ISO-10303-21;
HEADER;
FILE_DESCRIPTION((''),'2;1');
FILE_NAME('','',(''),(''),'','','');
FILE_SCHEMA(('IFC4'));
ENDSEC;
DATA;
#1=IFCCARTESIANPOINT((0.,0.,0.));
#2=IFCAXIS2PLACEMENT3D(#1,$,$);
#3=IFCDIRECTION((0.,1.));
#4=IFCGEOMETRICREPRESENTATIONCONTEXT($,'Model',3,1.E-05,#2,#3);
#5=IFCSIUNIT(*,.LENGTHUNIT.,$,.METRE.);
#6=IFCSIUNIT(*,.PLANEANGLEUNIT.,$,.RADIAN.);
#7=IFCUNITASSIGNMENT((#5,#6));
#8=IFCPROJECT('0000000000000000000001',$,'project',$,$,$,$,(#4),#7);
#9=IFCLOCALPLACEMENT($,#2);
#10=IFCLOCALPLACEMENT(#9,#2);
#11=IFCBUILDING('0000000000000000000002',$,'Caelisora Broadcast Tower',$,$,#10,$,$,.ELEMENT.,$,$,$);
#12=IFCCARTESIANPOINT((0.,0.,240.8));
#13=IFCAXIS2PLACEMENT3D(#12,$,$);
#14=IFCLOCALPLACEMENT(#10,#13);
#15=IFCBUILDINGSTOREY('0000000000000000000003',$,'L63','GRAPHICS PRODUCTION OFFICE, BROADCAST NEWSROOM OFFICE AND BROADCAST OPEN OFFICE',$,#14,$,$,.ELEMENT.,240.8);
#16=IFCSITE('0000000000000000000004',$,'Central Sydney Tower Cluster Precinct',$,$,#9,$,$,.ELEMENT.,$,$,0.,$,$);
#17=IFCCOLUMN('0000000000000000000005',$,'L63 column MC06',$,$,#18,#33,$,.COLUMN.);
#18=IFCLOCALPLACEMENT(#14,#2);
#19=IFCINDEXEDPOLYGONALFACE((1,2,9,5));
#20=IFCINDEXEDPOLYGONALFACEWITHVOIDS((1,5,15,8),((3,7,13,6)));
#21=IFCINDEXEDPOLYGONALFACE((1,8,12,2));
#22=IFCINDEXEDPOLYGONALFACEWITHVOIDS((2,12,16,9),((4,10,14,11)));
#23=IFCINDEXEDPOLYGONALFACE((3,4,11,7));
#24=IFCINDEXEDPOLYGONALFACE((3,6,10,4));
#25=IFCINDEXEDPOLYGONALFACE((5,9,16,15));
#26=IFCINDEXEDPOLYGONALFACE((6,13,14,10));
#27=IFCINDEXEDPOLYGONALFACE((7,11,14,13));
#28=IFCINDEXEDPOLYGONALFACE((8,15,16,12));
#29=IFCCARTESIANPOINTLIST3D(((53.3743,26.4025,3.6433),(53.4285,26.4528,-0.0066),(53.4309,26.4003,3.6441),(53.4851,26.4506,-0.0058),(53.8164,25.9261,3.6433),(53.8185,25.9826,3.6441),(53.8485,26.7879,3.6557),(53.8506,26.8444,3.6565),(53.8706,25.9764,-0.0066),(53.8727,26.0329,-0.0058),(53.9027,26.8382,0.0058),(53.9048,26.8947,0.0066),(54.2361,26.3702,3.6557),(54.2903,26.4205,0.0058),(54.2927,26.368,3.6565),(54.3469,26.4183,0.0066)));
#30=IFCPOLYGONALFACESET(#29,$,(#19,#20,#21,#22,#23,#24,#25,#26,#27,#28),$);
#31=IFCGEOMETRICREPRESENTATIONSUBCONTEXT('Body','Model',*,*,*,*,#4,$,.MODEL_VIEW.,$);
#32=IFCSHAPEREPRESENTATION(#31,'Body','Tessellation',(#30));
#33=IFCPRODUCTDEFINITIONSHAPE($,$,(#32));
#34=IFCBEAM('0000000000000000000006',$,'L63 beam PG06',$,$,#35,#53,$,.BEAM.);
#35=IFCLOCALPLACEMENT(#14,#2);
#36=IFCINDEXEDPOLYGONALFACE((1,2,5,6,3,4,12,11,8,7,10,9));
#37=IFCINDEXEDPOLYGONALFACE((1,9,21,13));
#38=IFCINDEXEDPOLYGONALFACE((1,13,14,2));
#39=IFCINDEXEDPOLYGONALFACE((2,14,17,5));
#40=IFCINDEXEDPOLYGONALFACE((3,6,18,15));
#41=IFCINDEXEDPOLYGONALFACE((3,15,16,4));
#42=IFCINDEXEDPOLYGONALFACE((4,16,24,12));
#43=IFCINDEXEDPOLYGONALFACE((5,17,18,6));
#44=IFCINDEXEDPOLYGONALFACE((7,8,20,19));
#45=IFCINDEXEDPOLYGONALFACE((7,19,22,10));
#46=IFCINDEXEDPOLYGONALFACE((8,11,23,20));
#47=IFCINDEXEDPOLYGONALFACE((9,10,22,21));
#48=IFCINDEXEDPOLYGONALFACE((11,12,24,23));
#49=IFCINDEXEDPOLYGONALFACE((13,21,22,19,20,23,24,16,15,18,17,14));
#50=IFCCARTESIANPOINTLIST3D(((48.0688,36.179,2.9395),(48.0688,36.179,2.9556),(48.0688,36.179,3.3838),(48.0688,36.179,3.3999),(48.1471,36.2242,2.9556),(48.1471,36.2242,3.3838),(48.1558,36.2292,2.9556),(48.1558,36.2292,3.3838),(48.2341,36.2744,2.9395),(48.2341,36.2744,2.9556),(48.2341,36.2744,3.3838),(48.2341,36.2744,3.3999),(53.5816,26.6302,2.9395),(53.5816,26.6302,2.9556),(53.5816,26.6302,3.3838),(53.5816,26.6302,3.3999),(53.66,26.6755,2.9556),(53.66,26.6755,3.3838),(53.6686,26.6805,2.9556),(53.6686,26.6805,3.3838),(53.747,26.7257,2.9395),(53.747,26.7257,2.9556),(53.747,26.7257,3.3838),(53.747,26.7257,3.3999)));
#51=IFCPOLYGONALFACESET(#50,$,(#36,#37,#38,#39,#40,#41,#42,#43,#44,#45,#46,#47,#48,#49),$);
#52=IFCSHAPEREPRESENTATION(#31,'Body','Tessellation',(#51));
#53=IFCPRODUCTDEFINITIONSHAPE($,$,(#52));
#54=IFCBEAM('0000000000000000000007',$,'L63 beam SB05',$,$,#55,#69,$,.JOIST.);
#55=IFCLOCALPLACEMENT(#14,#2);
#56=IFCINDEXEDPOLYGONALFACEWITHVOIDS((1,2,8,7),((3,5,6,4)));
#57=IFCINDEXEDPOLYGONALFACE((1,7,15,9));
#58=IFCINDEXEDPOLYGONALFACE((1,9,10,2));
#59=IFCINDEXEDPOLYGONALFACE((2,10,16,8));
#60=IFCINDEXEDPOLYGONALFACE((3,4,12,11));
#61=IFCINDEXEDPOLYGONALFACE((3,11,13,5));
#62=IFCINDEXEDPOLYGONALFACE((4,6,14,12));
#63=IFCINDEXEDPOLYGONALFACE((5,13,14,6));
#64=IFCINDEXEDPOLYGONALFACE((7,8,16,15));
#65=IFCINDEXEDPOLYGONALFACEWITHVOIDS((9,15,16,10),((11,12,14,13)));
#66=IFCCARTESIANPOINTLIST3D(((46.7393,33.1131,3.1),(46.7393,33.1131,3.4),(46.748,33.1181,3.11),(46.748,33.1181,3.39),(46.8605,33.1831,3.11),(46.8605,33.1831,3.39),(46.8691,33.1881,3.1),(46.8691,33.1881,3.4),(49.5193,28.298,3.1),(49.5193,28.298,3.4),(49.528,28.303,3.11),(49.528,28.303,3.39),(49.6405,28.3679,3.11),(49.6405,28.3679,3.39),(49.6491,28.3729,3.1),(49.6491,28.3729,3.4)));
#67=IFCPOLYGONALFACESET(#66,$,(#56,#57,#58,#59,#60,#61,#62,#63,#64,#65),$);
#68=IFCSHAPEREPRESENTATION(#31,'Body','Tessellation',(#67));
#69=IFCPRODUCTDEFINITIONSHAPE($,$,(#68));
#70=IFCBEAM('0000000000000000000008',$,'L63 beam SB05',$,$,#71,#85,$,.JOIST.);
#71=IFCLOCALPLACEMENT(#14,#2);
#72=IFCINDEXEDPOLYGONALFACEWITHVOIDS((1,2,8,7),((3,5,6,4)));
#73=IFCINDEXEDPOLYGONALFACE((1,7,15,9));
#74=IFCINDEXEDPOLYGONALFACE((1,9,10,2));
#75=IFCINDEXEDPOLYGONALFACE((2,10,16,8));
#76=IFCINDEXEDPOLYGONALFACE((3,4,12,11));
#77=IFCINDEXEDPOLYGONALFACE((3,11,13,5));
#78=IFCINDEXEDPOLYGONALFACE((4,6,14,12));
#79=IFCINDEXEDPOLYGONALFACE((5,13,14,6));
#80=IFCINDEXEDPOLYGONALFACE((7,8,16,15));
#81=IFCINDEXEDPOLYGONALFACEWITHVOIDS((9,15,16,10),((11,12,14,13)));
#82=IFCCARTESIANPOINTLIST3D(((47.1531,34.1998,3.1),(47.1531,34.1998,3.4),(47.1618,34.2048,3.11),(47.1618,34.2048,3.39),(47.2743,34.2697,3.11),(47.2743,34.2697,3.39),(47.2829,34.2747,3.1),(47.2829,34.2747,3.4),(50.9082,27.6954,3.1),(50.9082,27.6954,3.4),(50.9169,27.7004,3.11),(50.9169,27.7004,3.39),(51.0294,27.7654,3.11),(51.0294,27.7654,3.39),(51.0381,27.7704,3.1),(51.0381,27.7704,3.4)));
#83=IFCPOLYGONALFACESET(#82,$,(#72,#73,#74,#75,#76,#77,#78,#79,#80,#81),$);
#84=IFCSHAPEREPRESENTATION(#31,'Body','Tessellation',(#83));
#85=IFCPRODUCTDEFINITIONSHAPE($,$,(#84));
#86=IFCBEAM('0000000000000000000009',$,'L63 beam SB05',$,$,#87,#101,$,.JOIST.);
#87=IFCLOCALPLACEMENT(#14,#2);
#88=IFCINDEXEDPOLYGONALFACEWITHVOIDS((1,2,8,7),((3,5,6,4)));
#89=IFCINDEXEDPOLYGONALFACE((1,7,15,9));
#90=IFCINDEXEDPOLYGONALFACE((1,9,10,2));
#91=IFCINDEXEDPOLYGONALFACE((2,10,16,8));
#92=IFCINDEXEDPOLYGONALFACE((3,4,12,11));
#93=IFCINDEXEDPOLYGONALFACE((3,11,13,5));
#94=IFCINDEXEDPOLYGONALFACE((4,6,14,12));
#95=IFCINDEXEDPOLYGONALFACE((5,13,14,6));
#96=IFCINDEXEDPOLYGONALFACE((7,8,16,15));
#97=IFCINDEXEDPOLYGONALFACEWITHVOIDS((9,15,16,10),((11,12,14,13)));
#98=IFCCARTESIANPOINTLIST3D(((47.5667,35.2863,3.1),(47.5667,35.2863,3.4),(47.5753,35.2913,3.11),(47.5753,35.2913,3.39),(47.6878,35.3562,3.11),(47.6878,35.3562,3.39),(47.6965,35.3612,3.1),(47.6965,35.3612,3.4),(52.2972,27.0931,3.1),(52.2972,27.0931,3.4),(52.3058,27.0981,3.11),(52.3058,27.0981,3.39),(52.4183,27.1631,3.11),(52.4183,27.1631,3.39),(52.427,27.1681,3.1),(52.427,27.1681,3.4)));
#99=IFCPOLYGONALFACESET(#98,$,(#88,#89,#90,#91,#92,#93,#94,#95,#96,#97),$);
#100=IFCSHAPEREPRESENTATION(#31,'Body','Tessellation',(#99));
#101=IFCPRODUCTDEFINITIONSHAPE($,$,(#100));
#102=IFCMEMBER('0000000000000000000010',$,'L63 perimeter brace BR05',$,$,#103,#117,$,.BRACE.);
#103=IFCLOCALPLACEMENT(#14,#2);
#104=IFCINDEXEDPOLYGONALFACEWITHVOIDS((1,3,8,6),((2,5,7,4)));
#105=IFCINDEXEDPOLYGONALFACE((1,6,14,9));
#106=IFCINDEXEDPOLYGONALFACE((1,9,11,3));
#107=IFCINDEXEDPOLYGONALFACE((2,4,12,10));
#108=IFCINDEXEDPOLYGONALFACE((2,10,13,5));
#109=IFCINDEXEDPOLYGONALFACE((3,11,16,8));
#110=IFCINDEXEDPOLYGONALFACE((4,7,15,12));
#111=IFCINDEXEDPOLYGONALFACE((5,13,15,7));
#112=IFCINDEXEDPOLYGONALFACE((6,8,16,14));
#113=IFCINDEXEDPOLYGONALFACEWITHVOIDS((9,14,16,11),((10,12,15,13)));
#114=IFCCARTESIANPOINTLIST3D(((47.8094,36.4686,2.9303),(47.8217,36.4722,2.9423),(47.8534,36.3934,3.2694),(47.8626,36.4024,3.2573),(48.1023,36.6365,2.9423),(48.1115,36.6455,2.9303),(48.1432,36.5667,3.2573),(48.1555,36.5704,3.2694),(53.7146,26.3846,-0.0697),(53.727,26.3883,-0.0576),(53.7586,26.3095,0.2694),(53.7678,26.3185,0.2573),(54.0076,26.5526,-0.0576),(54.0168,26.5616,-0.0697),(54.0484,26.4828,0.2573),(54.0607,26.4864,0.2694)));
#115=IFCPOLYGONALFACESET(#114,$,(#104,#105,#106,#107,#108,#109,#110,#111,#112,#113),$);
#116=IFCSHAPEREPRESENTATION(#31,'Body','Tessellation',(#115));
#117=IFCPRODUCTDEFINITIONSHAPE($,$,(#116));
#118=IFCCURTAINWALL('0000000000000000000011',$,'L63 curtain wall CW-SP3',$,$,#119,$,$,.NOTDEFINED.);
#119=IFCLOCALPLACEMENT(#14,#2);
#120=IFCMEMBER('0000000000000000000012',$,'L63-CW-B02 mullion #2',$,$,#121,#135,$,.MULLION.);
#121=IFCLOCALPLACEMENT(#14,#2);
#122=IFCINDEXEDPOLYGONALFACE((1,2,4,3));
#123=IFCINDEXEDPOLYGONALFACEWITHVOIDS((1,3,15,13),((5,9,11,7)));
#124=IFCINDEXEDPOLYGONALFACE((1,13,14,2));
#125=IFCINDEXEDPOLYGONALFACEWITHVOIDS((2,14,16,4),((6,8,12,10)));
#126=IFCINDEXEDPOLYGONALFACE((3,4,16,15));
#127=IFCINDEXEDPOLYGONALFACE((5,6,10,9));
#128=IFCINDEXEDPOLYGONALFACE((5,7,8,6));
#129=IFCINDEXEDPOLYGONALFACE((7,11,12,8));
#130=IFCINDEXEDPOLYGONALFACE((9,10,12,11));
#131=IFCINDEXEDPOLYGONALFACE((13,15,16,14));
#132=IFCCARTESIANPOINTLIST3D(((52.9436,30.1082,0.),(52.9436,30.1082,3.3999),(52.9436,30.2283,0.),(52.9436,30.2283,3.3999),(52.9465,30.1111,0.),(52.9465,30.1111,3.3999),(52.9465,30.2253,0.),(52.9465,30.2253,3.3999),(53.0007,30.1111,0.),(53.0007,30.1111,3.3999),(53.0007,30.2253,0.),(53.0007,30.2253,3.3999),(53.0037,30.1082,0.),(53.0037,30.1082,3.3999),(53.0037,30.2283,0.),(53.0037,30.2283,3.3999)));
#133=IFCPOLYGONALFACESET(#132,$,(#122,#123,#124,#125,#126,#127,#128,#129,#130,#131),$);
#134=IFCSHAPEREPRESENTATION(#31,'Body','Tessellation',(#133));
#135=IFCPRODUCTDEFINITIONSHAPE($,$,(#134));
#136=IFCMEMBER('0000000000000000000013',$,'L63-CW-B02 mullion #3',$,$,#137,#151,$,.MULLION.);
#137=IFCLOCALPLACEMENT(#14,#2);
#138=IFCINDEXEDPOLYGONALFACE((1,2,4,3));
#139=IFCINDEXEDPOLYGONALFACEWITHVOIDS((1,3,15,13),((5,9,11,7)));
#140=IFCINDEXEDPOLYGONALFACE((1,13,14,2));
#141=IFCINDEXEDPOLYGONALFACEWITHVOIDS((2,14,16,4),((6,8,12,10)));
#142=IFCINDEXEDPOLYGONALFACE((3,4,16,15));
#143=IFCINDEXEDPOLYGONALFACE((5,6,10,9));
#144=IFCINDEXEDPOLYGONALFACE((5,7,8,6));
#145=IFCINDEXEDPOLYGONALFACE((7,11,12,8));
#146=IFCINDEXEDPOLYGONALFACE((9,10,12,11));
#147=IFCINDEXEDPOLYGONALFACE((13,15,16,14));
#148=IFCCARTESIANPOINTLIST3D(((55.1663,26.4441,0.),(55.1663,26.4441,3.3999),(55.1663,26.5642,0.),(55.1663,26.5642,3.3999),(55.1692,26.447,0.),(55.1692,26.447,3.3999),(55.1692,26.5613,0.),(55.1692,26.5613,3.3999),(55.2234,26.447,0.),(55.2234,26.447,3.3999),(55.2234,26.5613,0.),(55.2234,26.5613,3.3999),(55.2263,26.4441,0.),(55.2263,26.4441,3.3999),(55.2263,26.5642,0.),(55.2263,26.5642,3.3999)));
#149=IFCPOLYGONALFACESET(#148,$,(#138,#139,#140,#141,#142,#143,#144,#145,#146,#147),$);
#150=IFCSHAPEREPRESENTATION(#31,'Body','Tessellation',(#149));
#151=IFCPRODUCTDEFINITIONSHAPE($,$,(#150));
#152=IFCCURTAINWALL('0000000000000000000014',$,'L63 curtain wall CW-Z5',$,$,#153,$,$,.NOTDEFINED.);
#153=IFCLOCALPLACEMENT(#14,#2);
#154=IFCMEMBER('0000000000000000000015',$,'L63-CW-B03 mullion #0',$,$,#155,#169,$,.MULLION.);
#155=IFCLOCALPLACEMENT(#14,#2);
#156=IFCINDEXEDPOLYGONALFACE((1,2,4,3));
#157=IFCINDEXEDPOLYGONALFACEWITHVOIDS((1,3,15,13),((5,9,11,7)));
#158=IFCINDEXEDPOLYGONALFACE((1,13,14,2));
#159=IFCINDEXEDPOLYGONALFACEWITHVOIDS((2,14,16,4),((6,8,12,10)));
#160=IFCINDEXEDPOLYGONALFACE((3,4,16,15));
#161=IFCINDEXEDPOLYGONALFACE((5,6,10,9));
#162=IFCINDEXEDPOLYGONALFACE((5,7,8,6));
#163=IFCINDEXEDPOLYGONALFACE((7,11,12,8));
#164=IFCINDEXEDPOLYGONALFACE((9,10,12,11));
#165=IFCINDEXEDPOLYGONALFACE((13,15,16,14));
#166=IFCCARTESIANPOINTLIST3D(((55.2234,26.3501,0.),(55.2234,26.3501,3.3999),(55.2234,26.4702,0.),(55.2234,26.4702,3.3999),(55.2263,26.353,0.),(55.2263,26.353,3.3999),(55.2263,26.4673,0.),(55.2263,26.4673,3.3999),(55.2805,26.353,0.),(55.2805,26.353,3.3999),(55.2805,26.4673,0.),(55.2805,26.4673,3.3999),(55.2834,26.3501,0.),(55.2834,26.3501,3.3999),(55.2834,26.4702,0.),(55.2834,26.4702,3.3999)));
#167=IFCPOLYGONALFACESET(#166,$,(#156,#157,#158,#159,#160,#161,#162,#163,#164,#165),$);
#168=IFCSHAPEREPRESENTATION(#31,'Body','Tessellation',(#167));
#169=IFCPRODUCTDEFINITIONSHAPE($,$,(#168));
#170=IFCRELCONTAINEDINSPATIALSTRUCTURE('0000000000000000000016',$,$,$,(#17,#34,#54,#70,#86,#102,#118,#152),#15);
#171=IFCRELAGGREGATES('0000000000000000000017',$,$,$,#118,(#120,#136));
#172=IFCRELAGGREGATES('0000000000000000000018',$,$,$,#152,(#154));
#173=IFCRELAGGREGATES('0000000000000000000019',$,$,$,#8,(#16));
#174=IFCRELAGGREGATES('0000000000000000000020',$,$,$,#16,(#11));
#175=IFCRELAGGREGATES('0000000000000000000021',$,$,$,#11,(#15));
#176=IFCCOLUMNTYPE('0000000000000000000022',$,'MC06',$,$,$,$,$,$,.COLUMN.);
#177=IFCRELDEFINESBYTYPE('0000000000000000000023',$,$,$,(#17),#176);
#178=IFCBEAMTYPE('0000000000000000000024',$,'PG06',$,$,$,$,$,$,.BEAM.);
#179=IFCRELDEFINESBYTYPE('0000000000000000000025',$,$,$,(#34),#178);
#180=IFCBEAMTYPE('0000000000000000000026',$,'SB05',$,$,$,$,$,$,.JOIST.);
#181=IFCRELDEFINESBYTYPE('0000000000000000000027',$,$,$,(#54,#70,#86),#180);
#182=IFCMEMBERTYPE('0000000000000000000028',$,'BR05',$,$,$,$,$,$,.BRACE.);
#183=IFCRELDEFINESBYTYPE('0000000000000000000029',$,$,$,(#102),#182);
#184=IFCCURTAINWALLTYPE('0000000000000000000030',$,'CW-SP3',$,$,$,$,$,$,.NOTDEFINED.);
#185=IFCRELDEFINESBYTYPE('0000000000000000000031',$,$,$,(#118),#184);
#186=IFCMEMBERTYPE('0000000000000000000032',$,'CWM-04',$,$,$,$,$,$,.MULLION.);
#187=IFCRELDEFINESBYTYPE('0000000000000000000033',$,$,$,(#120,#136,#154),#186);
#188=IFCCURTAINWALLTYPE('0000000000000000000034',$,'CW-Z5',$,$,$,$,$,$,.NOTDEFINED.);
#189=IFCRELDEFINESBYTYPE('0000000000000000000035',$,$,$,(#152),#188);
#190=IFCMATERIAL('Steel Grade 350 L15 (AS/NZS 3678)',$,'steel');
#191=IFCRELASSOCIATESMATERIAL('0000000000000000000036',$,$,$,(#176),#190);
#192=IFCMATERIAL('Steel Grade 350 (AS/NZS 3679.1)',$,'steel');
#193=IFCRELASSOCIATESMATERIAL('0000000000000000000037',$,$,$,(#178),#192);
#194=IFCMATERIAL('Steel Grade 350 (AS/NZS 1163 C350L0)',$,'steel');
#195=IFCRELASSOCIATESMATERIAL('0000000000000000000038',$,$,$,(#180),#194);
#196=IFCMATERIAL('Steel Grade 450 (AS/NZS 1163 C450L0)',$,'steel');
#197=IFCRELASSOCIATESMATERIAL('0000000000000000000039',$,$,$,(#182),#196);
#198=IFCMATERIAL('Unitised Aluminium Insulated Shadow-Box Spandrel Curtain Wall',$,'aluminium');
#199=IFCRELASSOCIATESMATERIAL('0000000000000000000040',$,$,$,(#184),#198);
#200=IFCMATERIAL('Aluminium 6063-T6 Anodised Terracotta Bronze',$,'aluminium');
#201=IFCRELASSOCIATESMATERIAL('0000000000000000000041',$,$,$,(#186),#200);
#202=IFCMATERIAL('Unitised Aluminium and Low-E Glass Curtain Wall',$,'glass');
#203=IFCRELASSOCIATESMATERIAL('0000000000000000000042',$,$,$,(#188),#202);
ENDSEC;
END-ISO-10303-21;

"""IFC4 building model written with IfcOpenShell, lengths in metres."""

from ifc_helpers import new_model, si_unit, direction, frame, origin, origin_2d, place, context, subcontext, project, spatial, hollow_rectangle, i_section, extrude, source, transform, mapped, material, material_profile, profile_set, type_object, type_shapes, element, aggregate, save


model = new_model("IFC4")

# Units and contexts
model_context = context("Model", 3, precision=1e-05, world=origin(), true_north=direction((0.0, 1.0)))
body_context = subcontext(model_context, "Body", "Model", "MODEL_VIEW")
ifc_project = project(units=[si_unit("LENGTHUNIT", "METRE"), si_unit("PLANEANGLEUNIT", "RADIAN")], contexts=[model_context])

# Site, building, storey
site_placement = place(None, origin())
site = spatial("IfcSite", under=ifc_project, at=site_placement, Name="Central Sydney Tower Cluster Precinct", CompositionType="ELEMENT", RefElevation=0.0)
building_placement = place(site_placement, origin())
building = spatial("IfcBuilding", under=site, at=building_placement, Name="Caelisora Broadcast Tower", CompositionType="ELEMENT")
storey_placement = place(building_placement, frame((0.0, 0.0, 240.8)))
storey = spatial("IfcBuildingStorey", under=building, at=storey_placement, Name="L63", Description="GRAPHICS PRODUCTION OFFICE, BROADCAST NEWSROOM OFFICE AND BROADCAST OPEN OFFICE", CompositionType="ELEMENT", Elevation=240.8)

# Column
ifc_material_1 = material(Name="Steel Grade 350 L15 (AS/NZS 3678)", Category="steel")
ifc_material_profile_1 = material_profile(ifc_material_1, hollow_rectangle(XDim=0.6499, YDim=0.6499, WallThickness=0.04, at=origin_2d()), Name="Steel Grade 350 L15 (AS/NZS 3678)")
ifc_profile_set_1 = profile_set([ifc_material_profile_1], Name="Steel Grade 350 L15 (AS/NZS 3678)")
column_type = type_object("IfcColumnType", Name="MC06", PredefinedType="COLUMN", material=ifc_profile_set_1)
shared_shape_1 = source(origin(), body_context, "Body", "SweptSolid", [
    extrude(hollow_rectangle(XDim=0.6499, YDim=0.6499, WallThickness=0.04, at=origin_2d()), origin(), (0.0, 0.0, 1.0), 3.6506),
])
type_shapes(column_type, [shared_shape_1])
column_placement = place(storey_placement, frame((53.8877, 26.4355, 0.0), z_axis=(-0.014846, -0.013776, 0.999795), x_axis=(0.680198, -0.733029, 0.0)))
element("IfcColumn", 1, at=column_placement, inside=storey, type_object=column_type, Name="L63 column MC06", PredefinedType="COLUMN", context=body_context, shape_type="MappedRepresentation", body=[
    mapped(shared_shape_1, transform((0.0, 0.0, 0.0), scale=1.0)),
])

# Beams
ifc_material_2 = material(Name="Steel Grade 350 (AS/NZS 3679.1)", Category="steel")
ifc_material_profile_2 = material_profile(ifc_material_2, i_section(OverallWidth=0.1909, OverallDepth=0.4604, WebThickness=0.01, FlangeThickness=0.0161, at=origin_2d()), Name="Steel Grade 350 (AS/NZS 3679.1)")
ifc_profile_set_2 = profile_set([ifc_material_profile_2], Name="Steel Grade 350 (AS/NZS 3679.1)")
beam_type_1 = type_object("IfcBeamType", Name="PG06", PredefinedType="BEAM", material=ifc_profile_set_2)
shared_shape_2 = source(origin(), body_context, "Body", "SweptSolid", [
    extrude(i_section(OverallWidth=0.1909, OverallDepth=0.4604, WebThickness=0.01, FlangeThickness=0.0161, at=origin_2d()), origin(), (0.0, 0.0, 1.0), 11.0259),
])
type_shapes(beam_type_1, [shared_shape_2])
beam_1_placement = place(storey_placement, frame((53.6643, 26.678, 3.1697), z_axis=(-0.499995, 0.866029, 0.0), x_axis=(-0.866029, -0.499995, 0.0)))
element("IfcBeam", 2, at=beam_1_placement, inside=storey, type_object=beam_type_1, Name="L63 beam PG06", PredefinedType="BEAM", context=body_context, shape_type="MappedRepresentation", body=[
    mapped(shared_shape_2, transform((0.0, 0.0, 0.0), scale=1.0)),
])
ifc_material_3 = material(Name="Steel Grade 350 (AS/NZS 1163 C350L0)", Category="steel")
ifc_material_profile_3 = material_profile(ifc_material_3, hollow_rectangle(XDim=0.1499, YDim=0.3, WallThickness=0.01, at=origin_2d()), Name="Steel Grade 350 (AS/NZS 1163 C350L0)")
ifc_profile_set_3 = profile_set([ifc_material_profile_3], Name="Steel Grade 350 (AS/NZS 1163 C350L0)")
beam_type_2 = type_object("IfcBeamType", Name="SB05", PredefinedType="JOIST", material=ifc_profile_set_3)
shared_shape_3 = source(origin(), body_context, "Body", "SweptSolid", [
    extrude(hollow_rectangle(XDim=0.1499, YDim=0.3, WallThickness=0.01, at=origin_2d()), origin(), (0.0, 0.0, 1.0), 5.5601),
])
beam_2_placement = place(storey_placement, frame((49.5842, 28.3354, 3.25), z_axis=(-0.499997, 0.866027, 0.0), x_axis=(-0.866027, -0.499997, 0.0)))
element("IfcBeam", 3, at=beam_2_placement, inside=storey, type_object=beam_type_2, Name="L63 beam SB05", PredefinedType="JOIST", context=body_context, shape_type="MappedRepresentation", body=[
    mapped(shared_shape_3, transform((0.0, 0.0, 0.0), scale=1.0)),
])
shared_shape_4 = source(origin(), body_context, "Body", "SweptSolid", [
    extrude(hollow_rectangle(XDim=0.1499, YDim=0.3, WallThickness=0.01, at=origin_2d()), origin(), (0.0, 0.0, 1.0), 7.5105),
])
beam_3_placement = place(storey_placement, frame((50.9731, 27.7329, 3.25), z_axis=(-0.499981, 0.866036, 0.0), x_axis=(-0.866036, -0.499981, 0.0)))
element("IfcBeam", 4, at=beam_3_placement, inside=storey, type_object=beam_type_2, Name="L63 beam SB05", PredefinedType="JOIST", context=body_context, shape_type="MappedRepresentation", body=[
    mapped(shared_shape_4, transform((0.0, 0.0, 0.0), scale=1.0)),
])
shared_shape_5 = source(origin(), body_context, "Body", "SweptSolid", [
    extrude(hollow_rectangle(XDim=0.1499, YDim=0.3, WallThickness=0.01, at=origin_2d()), origin(), (0.0, 0.0, 1.0), 9.4607),
])
type_shapes(beam_type_2, [shared_shape_3, shared_shape_4, shared_shape_5])
beam_4_placement = place(storey_placement, frame((52.3621, 27.1306, 3.25), z_axis=(-0.500014, 0.866018, 0.0), x_axis=(-0.866018, -0.500014, 0.0)))
element("IfcBeam", 5, at=beam_4_placement, inside=storey, type_object=beam_type_2, Name="L63 beam SB05", PredefinedType="JOIST", context=body_context, shape_type="MappedRepresentation", body=[
    mapped(shared_shape_5, transform((0.0, 0.0, 0.0), scale=1.0)),
])

# Member
ifc_material_4 = material(Name="Steel Grade 450 (AS/NZS 1163 C450L0)", Category="steel")
ifc_material_profile_4 = material_profile(ifc_material_4, hollow_rectangle(XDim=0.3501, YDim=0.3501, WallThickness=0.0125, at=origin_2d()), Name="Steel Grade 450 (AS/NZS 1163 C450L0)")
ifc_profile_set_4 = profile_set([ifc_material_profile_4], Name="Steel Grade 450 (AS/NZS 1163 C450L0)")
member_type_1 = type_object("IfcMemberType", Name="BR05", PredefinedType="BRACE", material=ifc_profile_set_4)
shared_shape_6 = source(origin(), body_context, "Body", "SweptSolid", [
    extrude(hollow_rectangle(XDim=0.3501, YDim=0.3501, WallThickness=0.0125, at=origin_2d()), origin(), (0.0, 0.0, 1.0), 12.0647),
])
type_shapes(member_type_1, [shared_shape_6])
member_1_placement = place(storey_placement, frame((53.8877, 26.4355, 0.0999), z_axis=(-0.489464, 0.83582, 0.248658), x_axis=(-0.862923, -0.505336, 0.0)))
element("IfcMember", 6, at=member_1_placement, inside=storey, type_object=member_type_1, Name="L63 perimeter brace BR05", PredefinedType="BRACE", context=body_context, shape_type="MappedRepresentation", body=[
    mapped(shared_shape_6, transform((0.0, 0.0, 0.0), scale=1.0)),
])

# Curtain walls, members
ifc_material_5 = material(Name="Unitised Aluminium Insulated Shadow-Box Spandrel Curtain Wall", Category="aluminium")
curtain_wall_type_1 = type_object("IfcCurtainWallType", Name="CW-SP3", PredefinedType="NOTDEFINED", material=ifc_material_5)
curtain_wall_1_placement = place(storey_placement, origin())
curtain_wall_1 = element("IfcCurtainWall", 7, at=curtain_wall_1_placement, inside=storey, type_object=curtain_wall_type_1, Name="L63 curtain wall CW-SP3", PredefinedType="NOTDEFINED")
ifc_material_6 = material(Name="Aluminium 6063-T6 Anodised Terracotta Bronze", Category="aluminium")
ifc_material_profile_5 = material_profile(ifc_material_6, hollow_rectangle(XDim=0.0601, YDim=0.1201, WallThickness=0.0029, at=origin_2d()), Name="Aluminium 6063-T6 Anodised Terracotta Bronze")
ifc_profile_set_5 = profile_set([ifc_material_profile_5], Name="Aluminium 6063-T6 Anodised Terracotta Bronze")
member_type_2 = type_object("IfcMemberType", Name="CWM-04", PredefinedType="MULLION", material=ifc_profile_set_5)
shared_shape_7 = source(origin(), body_context, "Body", "SweptSolid", [
    extrude(hollow_rectangle(XDim=0.0601, YDim=0.1201, WallThickness=0.0029, at=origin_2d()), origin(), (0.0, 0.0, 1.0), 3.3999),
])
type_shapes(member_type_2, [shared_shape_7])
member_2_placement = place(storey_placement, frame((52.9736, 30.1682, 0.0), z_axis=(0.0, 0.0, 1.0), x_axis=(1.0, 0.0, 0.0)))
member_2 = element("IfcMember", 8, at=member_2_placement, type_object=member_type_2, Name="L63-CW-B02 mullion #2", PredefinedType="MULLION", context=body_context, shape_type="MappedRepresentation", body=[
    mapped(shared_shape_7, transform((0.0, 0.0, 0.0), scale=1.0)),
])
member_3_placement = place(storey_placement, frame((55.1963, 26.5042, 0.0), z_axis=(0.0, 0.0, 1.0), x_axis=(1.0, 0.0, 0.0)))
member_3 = element("IfcMember", 9, at=member_3_placement, type_object=member_type_2, Name="L63-CW-B02 mullion #3", PredefinedType="MULLION", context=body_context, shape_type="MappedRepresentation", body=[
    mapped(shared_shape_7, transform((0.0, 0.0, 0.0), scale=1.0)),
])
ifc_material_7 = material(Name="Unitised Aluminium and Low-E Glass Curtain Wall", Category="glass")
curtain_wall_type_2 = type_object("IfcCurtainWallType", Name="CW-Z5", PredefinedType="NOTDEFINED", material=ifc_material_7)
curtain_wall_2_placement = place(storey_placement, origin())
curtain_wall_2 = element("IfcCurtainWall", 10, at=curtain_wall_2_placement, inside=storey, type_object=curtain_wall_type_2, Name="L63 curtain wall CW-Z5", PredefinedType="NOTDEFINED")
member_4_placement = place(storey_placement, frame((55.2534, 26.4102, 0.0), z_axis=(0.0, 0.0, 1.0), x_axis=(1.0, 0.0, 0.0)))
member_4 = element("IfcMember", 11, at=member_4_placement, type_object=member_type_2, Name="L63-CW-B03 mullion #0", PredefinedType="MULLION", context=body_context, shape_type="MappedRepresentation", body=[
    mapped(shared_shape_7, transform((0.0, 0.0, 0.0), scale=1.0)),
])

aggregate(curtain_wall_1, [member_2, member_3])
aggregate(curtain_wall_2, [member_4])

save(model, "model.ifc")
